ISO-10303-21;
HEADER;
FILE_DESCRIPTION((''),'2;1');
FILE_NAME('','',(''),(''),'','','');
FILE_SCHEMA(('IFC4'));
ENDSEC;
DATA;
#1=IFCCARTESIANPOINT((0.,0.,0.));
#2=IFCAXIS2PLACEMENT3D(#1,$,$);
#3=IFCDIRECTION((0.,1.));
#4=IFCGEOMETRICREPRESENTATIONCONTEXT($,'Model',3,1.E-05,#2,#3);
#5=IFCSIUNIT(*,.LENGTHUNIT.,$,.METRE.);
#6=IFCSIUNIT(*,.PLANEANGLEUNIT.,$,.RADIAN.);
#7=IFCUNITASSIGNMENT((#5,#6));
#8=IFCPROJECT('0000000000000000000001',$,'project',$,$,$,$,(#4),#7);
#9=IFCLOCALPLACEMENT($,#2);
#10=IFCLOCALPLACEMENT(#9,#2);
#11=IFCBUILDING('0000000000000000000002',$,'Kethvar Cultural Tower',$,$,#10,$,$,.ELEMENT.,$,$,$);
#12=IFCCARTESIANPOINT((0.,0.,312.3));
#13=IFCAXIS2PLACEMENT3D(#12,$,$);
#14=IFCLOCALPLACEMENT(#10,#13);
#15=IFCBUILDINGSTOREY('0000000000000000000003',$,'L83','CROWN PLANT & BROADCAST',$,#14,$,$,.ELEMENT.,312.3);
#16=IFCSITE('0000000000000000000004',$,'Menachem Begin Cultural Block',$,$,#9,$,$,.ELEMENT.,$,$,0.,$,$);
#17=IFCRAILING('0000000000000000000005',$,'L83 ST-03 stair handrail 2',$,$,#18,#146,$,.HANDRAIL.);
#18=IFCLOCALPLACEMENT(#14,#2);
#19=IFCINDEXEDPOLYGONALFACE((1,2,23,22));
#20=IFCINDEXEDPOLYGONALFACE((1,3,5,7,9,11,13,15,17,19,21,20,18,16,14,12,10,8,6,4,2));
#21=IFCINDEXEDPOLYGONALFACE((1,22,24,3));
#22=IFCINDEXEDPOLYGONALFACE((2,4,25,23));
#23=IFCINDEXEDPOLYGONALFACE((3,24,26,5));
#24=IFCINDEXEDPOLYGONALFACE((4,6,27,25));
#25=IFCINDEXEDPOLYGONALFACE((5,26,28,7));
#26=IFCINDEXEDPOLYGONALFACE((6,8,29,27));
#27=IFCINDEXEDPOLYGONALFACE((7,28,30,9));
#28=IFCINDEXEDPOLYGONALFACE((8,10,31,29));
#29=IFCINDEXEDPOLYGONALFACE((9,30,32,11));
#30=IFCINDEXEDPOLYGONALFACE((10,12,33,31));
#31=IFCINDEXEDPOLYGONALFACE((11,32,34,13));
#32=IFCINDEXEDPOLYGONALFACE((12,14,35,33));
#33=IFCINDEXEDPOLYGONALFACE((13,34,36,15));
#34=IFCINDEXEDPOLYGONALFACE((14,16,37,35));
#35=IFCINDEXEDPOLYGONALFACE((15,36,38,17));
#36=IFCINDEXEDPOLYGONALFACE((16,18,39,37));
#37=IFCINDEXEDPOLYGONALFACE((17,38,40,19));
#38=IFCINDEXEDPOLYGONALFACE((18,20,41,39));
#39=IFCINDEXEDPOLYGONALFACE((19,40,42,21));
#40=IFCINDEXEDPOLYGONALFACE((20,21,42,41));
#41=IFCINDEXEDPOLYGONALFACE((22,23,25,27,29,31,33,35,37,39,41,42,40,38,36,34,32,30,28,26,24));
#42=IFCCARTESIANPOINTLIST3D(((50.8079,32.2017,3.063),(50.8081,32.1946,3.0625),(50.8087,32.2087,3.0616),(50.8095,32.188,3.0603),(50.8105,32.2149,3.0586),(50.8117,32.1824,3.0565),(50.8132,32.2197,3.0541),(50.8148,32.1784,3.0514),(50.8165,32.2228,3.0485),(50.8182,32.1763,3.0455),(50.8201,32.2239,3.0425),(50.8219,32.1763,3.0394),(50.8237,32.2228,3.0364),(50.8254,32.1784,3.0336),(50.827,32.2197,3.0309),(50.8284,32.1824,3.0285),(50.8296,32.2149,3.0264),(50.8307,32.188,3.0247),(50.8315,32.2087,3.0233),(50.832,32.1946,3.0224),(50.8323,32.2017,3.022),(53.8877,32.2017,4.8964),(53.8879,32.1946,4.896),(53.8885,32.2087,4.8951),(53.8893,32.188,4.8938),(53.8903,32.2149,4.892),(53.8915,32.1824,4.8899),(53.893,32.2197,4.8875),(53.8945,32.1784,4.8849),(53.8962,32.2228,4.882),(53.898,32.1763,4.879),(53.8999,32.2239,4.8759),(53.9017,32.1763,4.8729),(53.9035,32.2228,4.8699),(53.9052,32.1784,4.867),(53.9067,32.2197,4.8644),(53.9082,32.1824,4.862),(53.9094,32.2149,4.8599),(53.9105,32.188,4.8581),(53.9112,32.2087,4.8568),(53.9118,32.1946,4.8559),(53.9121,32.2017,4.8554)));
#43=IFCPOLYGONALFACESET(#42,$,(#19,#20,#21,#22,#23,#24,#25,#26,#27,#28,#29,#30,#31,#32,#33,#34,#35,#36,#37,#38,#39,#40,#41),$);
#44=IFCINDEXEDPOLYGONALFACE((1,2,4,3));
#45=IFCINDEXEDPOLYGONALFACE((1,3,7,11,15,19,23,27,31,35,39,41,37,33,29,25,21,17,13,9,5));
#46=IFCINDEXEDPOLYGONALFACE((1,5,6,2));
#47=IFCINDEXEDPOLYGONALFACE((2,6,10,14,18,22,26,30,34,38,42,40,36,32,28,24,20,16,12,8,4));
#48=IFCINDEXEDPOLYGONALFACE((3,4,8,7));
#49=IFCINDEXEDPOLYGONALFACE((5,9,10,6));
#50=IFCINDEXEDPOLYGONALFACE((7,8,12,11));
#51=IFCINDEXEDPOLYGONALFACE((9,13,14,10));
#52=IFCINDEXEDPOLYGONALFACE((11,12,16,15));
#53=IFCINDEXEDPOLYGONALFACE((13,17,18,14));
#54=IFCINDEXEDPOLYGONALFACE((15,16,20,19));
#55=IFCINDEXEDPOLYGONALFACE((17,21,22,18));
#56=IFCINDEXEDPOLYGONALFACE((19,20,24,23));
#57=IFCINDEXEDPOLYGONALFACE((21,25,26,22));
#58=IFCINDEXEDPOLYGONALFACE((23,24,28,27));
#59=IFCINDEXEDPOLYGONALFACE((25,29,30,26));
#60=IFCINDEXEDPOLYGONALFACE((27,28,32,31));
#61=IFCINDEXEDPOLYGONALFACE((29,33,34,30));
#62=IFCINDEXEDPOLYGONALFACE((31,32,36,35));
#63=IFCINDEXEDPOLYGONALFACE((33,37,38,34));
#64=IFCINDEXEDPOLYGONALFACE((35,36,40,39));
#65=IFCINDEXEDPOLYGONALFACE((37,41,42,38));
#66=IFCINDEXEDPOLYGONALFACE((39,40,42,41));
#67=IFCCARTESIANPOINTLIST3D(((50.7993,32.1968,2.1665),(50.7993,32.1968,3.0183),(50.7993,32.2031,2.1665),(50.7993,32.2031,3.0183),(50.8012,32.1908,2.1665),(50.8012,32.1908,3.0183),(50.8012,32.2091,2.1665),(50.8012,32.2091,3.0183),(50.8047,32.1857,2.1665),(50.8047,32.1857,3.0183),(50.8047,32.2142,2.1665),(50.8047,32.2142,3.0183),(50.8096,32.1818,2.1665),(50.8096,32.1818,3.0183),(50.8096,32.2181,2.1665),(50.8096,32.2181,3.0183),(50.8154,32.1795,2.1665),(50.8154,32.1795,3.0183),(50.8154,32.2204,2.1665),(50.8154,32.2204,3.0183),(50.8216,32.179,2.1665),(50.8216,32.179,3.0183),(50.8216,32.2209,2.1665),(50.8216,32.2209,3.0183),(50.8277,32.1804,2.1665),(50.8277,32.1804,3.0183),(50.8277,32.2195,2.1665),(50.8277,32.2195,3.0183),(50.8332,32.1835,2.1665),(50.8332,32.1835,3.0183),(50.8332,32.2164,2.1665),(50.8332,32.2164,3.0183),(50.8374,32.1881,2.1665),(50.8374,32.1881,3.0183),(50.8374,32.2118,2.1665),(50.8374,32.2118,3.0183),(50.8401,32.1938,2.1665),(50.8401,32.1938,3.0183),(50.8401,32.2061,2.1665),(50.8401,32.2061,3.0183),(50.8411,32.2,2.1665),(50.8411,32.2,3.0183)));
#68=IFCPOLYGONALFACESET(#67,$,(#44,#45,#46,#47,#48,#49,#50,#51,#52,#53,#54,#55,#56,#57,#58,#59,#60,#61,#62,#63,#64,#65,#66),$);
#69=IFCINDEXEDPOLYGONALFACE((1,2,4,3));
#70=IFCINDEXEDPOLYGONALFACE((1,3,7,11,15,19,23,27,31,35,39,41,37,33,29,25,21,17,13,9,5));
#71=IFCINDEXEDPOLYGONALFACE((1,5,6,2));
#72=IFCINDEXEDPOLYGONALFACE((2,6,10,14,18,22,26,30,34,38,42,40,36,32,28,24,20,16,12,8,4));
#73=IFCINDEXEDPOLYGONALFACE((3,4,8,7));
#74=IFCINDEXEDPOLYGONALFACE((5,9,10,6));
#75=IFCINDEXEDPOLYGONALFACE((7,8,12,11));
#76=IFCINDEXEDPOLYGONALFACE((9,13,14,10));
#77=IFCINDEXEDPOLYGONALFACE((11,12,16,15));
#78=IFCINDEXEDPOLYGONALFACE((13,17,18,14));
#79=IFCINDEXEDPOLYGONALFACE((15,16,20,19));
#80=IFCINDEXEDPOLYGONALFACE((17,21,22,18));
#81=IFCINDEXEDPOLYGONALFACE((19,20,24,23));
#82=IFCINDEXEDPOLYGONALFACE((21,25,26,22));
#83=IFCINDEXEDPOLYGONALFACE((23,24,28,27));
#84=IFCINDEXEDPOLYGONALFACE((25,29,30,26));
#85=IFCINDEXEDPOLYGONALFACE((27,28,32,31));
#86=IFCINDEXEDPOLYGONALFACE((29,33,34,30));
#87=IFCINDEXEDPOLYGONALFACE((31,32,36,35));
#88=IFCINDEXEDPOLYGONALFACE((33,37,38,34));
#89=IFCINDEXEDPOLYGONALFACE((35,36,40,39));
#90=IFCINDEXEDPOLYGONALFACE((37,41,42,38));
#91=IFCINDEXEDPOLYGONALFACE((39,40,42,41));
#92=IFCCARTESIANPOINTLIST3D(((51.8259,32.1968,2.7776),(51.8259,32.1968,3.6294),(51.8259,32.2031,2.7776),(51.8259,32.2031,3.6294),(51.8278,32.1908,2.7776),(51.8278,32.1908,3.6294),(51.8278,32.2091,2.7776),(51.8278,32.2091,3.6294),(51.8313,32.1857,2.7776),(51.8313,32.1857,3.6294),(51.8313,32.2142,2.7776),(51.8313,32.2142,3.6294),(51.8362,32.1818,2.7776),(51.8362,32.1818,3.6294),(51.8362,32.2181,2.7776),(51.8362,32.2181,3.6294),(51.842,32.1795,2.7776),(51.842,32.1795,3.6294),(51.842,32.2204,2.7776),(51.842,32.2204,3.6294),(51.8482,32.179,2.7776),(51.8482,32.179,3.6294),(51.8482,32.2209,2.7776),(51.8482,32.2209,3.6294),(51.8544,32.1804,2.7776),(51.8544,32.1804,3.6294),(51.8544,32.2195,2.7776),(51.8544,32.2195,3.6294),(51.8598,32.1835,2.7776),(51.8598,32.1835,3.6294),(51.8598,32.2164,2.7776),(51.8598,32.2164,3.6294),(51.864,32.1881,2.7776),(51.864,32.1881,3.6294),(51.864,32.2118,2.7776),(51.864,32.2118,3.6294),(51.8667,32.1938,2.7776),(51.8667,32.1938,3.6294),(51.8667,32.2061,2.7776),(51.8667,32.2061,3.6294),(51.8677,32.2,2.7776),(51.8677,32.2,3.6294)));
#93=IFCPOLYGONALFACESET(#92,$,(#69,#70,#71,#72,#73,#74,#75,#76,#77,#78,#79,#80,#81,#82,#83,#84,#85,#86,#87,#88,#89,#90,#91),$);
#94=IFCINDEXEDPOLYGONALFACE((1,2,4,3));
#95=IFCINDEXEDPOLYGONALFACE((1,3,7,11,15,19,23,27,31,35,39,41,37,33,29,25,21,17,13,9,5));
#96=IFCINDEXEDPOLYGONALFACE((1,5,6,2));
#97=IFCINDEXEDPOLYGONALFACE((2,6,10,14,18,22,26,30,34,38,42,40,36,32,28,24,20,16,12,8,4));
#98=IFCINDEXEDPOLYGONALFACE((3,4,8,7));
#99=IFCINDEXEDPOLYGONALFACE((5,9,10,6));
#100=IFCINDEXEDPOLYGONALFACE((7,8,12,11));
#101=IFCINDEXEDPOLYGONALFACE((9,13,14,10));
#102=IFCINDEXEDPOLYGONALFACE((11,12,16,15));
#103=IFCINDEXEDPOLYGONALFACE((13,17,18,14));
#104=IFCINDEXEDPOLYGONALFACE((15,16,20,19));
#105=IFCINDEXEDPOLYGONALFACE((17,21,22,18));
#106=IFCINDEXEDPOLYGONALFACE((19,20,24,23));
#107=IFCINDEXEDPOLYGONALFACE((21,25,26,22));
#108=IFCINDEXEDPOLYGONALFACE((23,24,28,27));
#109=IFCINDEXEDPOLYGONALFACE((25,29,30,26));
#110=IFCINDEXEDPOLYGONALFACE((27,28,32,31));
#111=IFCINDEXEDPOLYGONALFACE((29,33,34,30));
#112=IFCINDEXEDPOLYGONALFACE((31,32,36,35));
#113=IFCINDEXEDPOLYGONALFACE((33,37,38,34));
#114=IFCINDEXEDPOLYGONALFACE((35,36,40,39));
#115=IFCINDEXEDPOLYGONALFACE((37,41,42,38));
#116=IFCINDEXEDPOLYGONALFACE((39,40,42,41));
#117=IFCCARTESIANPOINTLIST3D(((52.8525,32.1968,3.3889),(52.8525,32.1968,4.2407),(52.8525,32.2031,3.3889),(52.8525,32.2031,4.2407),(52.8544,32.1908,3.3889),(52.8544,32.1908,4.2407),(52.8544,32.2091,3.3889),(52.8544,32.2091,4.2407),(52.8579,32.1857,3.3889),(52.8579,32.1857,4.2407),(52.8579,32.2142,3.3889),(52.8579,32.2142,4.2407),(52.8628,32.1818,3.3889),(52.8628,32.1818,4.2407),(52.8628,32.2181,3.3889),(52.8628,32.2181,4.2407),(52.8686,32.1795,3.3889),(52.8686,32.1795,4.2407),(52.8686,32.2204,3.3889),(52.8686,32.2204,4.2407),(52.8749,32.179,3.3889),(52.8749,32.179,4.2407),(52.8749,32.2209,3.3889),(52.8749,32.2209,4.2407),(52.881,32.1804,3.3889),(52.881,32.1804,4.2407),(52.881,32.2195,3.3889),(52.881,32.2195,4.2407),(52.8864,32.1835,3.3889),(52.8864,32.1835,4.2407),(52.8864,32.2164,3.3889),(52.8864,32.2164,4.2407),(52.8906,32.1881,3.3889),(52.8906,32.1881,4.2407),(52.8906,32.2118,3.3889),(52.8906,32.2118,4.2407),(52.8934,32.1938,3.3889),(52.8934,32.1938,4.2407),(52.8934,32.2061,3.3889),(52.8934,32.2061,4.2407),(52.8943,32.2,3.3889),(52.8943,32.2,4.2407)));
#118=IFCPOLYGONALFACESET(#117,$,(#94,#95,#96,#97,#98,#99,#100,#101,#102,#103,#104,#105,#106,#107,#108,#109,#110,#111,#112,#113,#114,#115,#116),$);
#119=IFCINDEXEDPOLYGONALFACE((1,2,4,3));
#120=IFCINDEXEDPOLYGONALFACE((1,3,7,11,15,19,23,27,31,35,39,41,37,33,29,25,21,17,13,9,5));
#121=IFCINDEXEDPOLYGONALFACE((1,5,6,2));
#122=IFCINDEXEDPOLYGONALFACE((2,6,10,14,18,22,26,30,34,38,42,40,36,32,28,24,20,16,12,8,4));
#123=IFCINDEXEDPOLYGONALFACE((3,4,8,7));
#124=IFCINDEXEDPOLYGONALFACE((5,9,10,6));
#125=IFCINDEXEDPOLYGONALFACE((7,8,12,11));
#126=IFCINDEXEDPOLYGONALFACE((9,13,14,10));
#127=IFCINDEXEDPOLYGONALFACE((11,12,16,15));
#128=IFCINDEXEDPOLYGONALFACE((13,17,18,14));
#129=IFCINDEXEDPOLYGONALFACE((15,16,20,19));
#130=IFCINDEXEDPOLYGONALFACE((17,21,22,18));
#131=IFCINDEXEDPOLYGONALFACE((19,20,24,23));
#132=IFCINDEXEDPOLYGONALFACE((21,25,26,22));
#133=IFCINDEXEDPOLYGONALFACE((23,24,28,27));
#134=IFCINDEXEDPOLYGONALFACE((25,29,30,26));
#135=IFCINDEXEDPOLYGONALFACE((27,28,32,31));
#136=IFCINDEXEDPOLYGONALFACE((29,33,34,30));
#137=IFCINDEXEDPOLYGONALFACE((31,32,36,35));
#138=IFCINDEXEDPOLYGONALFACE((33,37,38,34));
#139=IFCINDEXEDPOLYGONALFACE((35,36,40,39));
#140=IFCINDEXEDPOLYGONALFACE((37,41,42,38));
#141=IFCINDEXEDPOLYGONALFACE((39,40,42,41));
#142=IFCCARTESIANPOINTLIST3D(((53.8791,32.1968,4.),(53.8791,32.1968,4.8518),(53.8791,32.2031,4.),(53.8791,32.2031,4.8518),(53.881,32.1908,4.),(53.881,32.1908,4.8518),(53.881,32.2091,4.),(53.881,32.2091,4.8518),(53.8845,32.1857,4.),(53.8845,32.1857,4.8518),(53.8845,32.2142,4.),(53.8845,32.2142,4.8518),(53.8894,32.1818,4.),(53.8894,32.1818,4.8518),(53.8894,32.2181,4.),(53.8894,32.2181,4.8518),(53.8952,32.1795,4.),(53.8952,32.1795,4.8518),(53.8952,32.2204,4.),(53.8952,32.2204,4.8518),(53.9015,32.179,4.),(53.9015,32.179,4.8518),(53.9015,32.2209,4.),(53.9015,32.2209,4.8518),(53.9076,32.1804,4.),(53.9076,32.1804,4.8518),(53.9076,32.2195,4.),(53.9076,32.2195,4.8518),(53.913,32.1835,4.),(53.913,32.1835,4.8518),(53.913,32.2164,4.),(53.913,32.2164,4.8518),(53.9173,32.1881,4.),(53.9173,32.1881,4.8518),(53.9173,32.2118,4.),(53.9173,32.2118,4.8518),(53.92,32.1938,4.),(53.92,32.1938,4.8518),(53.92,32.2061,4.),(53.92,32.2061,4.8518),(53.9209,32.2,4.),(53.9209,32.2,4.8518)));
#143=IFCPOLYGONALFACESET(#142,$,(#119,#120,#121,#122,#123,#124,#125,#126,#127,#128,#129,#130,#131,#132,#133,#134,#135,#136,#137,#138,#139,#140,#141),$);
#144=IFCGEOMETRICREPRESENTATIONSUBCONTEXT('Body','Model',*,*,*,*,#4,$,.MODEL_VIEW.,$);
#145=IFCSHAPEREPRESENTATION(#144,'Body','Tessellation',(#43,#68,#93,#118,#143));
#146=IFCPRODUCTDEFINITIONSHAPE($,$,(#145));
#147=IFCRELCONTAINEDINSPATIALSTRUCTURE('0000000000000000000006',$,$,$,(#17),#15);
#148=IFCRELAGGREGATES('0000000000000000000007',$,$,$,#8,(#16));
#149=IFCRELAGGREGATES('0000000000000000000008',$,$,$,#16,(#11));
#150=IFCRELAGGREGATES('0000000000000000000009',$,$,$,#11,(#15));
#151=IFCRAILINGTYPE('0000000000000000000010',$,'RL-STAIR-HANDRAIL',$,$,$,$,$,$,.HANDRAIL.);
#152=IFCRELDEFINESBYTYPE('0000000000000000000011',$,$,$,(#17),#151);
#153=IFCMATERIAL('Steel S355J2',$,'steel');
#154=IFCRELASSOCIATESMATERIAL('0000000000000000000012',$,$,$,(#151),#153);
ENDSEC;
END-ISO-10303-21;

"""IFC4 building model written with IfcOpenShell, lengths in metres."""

from ifc_helpers import new_model, si_unit, direction, frame, origin, origin_2d, place, context, subcontext, project, spatial, circle, extrude, material, type_object, element, save


model = new_model("IFC4")

# Units and contexts
model_context = context("Model", 3, precision=1e-05, world=origin(), true_north=direction((0.0, 1.0)))
body_context = subcontext(model_context, "Body", "Model", "MODEL_VIEW")
ifc_project = project(units=[si_unit("LENGTHUNIT", "METRE"), si_unit("PLANEANGLEUNIT", "RADIAN")], contexts=[model_context])

# Site, building, storey
site_placement = place(None, origin())
site = spatial("IfcSite", under=ifc_project, at=site_placement, Name="Menachem Begin Cultural Block", CompositionType="ELEMENT", RefElevation=0.0)
building_placement = place(site_placement, origin())
building = spatial("IfcBuilding", under=site, at=building_placement, Name="Kethvar Cultural Tower", CompositionType="ELEMENT")
storey_placement = place(building_placement, frame((0.0, 0.0, 312.3)))
storey = spatial("IfcBuildingStorey", under=building, at=storey_placement, Name="L83", Description="CROWN PLANT & BROADCAST", CompositionType="ELEMENT", Elevation=312.3)

# Shared definitions
ifc_material_1 = material(Name="Steel S355J2", Category="steel")

# Railing
railing_type_1 = type_object("IfcRailingType", Name="RL-STAIR-HANDRAIL", PredefinedType="HANDRAIL", material=ifc_material_1)
railing_1_placement = place(storey_placement, frame((50.8201, 32.2, 2.1665)))
element("IfcRailing", 1, at=railing_1_placement, inside=storey, type_object=railing_type_1, Name="L83 ST-03 stair handrail 2", PredefinedType="HANDRAIL", context=body_context, shape_type="SweptSolid", body=[
    extrude(circle(Radius=0.0239, at=origin_2d()), frame((0.0, 0.0, 0.876), z_axis=(0.859261, 0.0, 0.511538), x_axis=(0.0, 1.0, 0.0)), (0.0, 0.0, 1.0), 3.5842),
    extrude(circle(Radius=0.021, at=origin_2d()), origin(), (0.0, 0.0, 1.0), 0.8518),
    extrude(circle(Radius=0.021, at=origin_2d()), frame((1.0266, 0.0, 0.6111)), (0.0, 0.0, 1.0), 0.8518),
    extrude(circle(Radius=0.021, at=origin_2d()), frame((2.0532, 0.0, 1.2224)), (0.0, 0.0, 1.0), 0.8518),
    extrude(circle(Radius=0.021, at=origin_2d()), frame((3.0798, 0.0, 1.8335)), (0.0, 0.0, 1.0), 0.8518),
])

save(model, "model.ifc")
